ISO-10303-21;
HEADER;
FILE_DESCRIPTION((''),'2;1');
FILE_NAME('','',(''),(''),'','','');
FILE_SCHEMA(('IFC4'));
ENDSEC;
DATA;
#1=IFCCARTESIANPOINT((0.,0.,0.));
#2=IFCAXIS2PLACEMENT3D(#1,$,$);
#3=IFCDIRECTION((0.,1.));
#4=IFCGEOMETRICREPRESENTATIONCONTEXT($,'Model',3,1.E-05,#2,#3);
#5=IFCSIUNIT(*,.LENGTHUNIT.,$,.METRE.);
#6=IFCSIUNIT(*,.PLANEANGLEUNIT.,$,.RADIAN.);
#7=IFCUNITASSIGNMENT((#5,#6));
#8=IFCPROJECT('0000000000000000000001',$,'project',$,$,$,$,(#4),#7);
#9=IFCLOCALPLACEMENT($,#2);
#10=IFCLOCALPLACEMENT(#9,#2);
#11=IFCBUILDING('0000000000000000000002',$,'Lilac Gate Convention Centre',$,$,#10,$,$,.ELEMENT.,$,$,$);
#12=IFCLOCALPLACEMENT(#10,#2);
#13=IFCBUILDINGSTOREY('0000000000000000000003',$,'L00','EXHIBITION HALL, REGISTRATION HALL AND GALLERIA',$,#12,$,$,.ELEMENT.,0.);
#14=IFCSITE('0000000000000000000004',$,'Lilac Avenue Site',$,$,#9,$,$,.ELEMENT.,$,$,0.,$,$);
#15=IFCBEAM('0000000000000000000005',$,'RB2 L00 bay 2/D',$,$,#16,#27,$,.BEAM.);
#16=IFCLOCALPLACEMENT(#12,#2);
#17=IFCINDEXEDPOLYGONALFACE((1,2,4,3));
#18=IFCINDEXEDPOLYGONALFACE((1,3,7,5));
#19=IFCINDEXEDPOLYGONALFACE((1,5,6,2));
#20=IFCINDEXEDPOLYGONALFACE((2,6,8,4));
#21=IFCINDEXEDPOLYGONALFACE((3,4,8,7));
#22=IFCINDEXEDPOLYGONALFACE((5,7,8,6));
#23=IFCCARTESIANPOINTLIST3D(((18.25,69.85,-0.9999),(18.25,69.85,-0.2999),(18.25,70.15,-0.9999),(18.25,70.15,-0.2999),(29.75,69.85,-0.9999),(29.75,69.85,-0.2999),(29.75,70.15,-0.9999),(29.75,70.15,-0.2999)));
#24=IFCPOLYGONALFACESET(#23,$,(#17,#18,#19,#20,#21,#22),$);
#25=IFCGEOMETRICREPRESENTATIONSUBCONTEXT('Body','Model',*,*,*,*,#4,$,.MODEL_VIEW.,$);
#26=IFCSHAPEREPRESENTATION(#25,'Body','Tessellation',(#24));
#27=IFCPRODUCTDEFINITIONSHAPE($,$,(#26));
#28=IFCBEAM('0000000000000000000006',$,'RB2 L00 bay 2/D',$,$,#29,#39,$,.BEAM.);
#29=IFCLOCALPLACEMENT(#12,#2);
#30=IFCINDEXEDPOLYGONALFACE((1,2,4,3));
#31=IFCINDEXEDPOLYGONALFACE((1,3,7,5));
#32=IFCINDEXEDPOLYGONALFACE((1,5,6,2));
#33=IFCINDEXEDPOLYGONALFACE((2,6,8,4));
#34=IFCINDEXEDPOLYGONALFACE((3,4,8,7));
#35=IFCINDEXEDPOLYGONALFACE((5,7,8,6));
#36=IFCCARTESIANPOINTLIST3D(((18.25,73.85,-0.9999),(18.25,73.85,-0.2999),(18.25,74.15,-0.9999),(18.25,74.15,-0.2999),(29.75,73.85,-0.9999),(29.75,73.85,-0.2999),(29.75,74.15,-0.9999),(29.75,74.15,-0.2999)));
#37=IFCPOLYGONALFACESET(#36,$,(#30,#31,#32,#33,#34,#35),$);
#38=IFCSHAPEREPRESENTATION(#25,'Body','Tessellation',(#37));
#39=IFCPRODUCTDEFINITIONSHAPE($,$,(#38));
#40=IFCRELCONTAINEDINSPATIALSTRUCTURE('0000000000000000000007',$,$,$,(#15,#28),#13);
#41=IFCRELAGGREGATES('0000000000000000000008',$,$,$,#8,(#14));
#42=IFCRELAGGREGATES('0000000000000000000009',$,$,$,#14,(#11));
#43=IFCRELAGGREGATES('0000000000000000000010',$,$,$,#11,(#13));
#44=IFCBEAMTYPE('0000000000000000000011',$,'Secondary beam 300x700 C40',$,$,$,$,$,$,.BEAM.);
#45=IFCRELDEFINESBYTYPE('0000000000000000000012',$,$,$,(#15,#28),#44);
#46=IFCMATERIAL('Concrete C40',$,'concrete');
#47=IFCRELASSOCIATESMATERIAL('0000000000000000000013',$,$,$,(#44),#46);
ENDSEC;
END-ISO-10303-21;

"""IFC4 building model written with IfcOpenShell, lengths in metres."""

from ifc_helpers import new_model, si_unit, direction, frame, origin, origin_2d, place, context, subcontext, project, spatial, rectangle, extrude, material, material_profile, profile_set, type_object, element, save


model = new_model("IFC4")

# Units and contexts
model_context = context("Model", 3, precision=1e-05, world=origin(), true_north=direction((0.0, 1.0)))
body_context = subcontext(model_context, "Body", "Model", "MODEL_VIEW")
ifc_project = project(units=[si_unit("LENGTHUNIT", "METRE"), si_unit("PLANEANGLEUNIT", "RADIAN")], contexts=[model_context])

# Site, building, storey
site_placement = place(None, origin())
site = spatial("IfcSite", under=ifc_project, at=site_placement, Name="Lilac Avenue Site", CompositionType="ELEMENT", RefElevation=0.0)
building_placement = place(site_placement, origin())
building = spatial("IfcBuilding", under=site, at=building_placement, Name="Lilac Gate Convention Centre", CompositionType="ELEMENT")
storey_placement = place(building_placement, origin())
storey = spatial("IfcBuildingStorey", under=building, at=storey_placement, Name="L00", Description="EXHIBITION HALL, REGISTRATION HALL AND GALLERIA", CompositionType="ELEMENT", Elevation=0.0)

# Shared definitions
ifc_material_1 = material(Name="Concrete C40", Category="concrete")

# Beams
ifc_material_profile_1 = material_profile(ifc_material_1, rectangle(XDim=0.3, YDim=0.7, at=origin_2d()), Name="RC 300x700")
ifc_profile_set_1 = profile_set([ifc_material_profile_1], Name="Concrete C40")
beam_type_1 = type_object("IfcBeamType", Name="Secondary beam 300x700 C40", PredefinedType="BEAM", material=ifc_profile_set_1)
for number, where, z_axis, x_axis, name in (
    (1, (18.25, 70.0, -0.6499), (1.0, 0.0, 0.0), (0.0, 1.0, 0.0), "RB2 L00 bay 2/D"),
    (2, (18.25, 74.0, -0.6499), (1.0, 0.0, 0.0), (0.0, 1.0, 0.0), "RB2 L00 bay 2/D"),
):
    element("IfcBeam", number, at=place(storey_placement, frame(where, z_axis=z_axis, x_axis=x_axis)), inside=storey, type_object=beam_type_1, Name=name, PredefinedType="BEAM", context=body_context, shape_type="SweptSolid", body=[
        extrude(rectangle(XDim=0.3, YDim=0.7, at=origin_2d()), origin(), (0.0, 0.0, 1.0), 11.5),
    ])

save(model, "model.ifc")
